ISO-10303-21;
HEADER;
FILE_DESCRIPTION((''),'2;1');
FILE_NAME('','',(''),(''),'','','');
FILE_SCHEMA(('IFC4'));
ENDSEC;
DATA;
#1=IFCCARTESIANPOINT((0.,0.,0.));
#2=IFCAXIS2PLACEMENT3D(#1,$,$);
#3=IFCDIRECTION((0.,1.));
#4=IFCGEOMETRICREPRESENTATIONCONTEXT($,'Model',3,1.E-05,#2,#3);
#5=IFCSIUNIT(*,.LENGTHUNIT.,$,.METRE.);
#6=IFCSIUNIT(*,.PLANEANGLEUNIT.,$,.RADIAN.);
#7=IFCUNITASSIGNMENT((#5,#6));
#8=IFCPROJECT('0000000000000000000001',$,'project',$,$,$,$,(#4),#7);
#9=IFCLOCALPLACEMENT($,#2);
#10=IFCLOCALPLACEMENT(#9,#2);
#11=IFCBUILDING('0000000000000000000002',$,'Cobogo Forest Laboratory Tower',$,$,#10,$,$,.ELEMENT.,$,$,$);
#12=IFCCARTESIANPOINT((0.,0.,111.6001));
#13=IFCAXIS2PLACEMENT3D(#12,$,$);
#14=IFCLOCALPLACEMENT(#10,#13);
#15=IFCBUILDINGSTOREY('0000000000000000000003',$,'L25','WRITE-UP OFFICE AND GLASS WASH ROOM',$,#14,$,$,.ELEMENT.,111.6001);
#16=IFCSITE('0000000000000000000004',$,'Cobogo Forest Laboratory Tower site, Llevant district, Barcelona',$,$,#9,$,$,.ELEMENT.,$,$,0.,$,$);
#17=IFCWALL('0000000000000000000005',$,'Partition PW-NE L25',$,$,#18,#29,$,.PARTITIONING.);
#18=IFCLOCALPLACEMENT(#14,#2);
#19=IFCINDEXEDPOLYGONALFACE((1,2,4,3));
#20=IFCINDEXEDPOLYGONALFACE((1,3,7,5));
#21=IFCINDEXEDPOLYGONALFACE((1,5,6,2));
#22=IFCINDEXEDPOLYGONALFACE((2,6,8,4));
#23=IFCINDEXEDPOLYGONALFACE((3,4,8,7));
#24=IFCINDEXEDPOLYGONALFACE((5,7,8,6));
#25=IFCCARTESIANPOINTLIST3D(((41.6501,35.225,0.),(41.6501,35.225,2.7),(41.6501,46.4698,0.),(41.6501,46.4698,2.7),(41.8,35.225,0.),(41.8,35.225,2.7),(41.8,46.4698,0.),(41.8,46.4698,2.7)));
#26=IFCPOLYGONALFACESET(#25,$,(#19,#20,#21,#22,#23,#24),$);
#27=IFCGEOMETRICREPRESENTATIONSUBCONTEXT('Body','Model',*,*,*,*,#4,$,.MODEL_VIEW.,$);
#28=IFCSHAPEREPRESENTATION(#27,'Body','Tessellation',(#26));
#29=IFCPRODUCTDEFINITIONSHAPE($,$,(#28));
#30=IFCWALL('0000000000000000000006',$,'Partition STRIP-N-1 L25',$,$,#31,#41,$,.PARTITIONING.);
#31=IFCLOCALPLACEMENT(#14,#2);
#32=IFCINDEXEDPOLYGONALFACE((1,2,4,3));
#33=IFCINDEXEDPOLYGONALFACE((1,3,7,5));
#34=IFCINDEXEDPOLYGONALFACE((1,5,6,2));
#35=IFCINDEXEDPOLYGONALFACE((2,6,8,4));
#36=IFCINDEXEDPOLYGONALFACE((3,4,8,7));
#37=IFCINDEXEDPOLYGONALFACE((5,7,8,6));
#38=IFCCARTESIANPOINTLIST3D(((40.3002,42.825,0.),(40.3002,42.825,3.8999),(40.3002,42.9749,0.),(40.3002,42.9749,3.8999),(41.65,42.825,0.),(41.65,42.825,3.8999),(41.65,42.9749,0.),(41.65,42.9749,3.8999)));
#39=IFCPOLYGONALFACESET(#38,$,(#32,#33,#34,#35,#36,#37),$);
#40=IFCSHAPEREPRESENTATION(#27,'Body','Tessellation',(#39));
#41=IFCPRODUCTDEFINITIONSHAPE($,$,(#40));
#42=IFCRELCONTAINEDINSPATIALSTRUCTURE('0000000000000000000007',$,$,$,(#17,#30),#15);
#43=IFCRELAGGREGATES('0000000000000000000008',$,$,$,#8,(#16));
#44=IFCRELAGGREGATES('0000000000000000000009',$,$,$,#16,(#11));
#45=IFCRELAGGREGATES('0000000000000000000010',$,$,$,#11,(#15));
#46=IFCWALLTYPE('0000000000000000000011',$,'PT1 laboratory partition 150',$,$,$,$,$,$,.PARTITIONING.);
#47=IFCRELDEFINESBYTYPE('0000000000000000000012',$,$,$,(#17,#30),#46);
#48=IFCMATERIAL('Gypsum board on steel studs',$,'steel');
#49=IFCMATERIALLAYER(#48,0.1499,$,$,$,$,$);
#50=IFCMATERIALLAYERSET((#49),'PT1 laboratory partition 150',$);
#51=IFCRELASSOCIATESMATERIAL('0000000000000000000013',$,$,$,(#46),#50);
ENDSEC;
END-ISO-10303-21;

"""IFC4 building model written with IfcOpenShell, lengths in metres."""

from ifc_helpers import new_model, si_unit, direction, frame, frame_2d, origin, place, context, subcontext, project, spatial, rectangle, extrude, material, layer, layer_set, type_object, element, save


model = new_model("IFC4")

# Units and contexts
model_context = context("Model", 3, precision=1e-05, world=origin(), true_north=direction((0.0, 1.0)))
body_context = subcontext(model_context, "Body", "Model", "MODEL_VIEW")
ifc_project = project(units=[si_unit("LENGTHUNIT", "METRE"), si_unit("PLANEANGLEUNIT", "RADIAN")], contexts=[model_context])

# Site, building, storey
site_placement = place(None, origin())
site = spatial("IfcSite", under=ifc_project, at=site_placement, Name="Cobogo Forest Laboratory Tower site, Llevant district, Barcelona", CompositionType="ELEMENT", RefElevation=0.0)
building_placement = place(site_placement, origin())
building = spatial("IfcBuilding", under=site, at=building_placement, Name="Cobogo Forest Laboratory Tower", CompositionType="ELEMENT")
storey_placement = place(building_placement, frame((0.0, 0.0, 111.6001)))
storey = spatial("IfcBuildingStorey", under=building, at=storey_placement, Name="L25", Description="WRITE-UP OFFICE AND GLASS WASH ROOM", CompositionType="ELEMENT", Elevation=111.6001)

# Walls
ifc_material_1 = material(Name="Gypsum board on steel studs", Category="steel")
ifc_layer_1 = layer(ifc_material_1, 0.1499)
ifc_layer_set_1 = layer_set([ifc_layer_1], Name="PT1 laboratory partition 150")
wall_type = type_object("IfcWallType", Name="PT1 laboratory partition 150", PredefinedType="PARTITIONING", material=ifc_layer_set_1)
wall_1_placement = place(storey_placement, frame((41.7251, 46.47, 0.0), z_axis=(0.0, 0.0, 1.0), x_axis=(0.0, -1.0, 0.0)))
element("IfcWall", 1, at=wall_1_placement, inside=storey, type_object=wall_type, Name="Partition PW-NE L25", PredefinedType="PARTITIONING", context=body_context, shape_type="SweptSolid", body=[
    extrude(rectangle(XDim=11.2449, YDim=0.1499, at=frame_2d((5.6226, 0.0))), origin(), (0.0, 0.0, 1.0), 2.7),
])
wall_2_placement = place(storey_placement, frame((41.6499, 42.8999, 0.0), z_axis=(0.0, 0.0, 1.0), x_axis=(-1.0, 0.0, 0.0)))
element("IfcWall", 2, at=wall_2_placement, inside=storey, type_object=wall_type, Name="Partition STRIP-N-1 L25", PredefinedType="PARTITIONING", context=body_context, shape_type="SweptSolid", body=[
    extrude(rectangle(XDim=1.3499, YDim=0.1499, at=frame_2d((0.6748, 0.0))), origin(), (0.0, 0.0, 1.0), 3.8999),
])

save(model, "model.ifc")
